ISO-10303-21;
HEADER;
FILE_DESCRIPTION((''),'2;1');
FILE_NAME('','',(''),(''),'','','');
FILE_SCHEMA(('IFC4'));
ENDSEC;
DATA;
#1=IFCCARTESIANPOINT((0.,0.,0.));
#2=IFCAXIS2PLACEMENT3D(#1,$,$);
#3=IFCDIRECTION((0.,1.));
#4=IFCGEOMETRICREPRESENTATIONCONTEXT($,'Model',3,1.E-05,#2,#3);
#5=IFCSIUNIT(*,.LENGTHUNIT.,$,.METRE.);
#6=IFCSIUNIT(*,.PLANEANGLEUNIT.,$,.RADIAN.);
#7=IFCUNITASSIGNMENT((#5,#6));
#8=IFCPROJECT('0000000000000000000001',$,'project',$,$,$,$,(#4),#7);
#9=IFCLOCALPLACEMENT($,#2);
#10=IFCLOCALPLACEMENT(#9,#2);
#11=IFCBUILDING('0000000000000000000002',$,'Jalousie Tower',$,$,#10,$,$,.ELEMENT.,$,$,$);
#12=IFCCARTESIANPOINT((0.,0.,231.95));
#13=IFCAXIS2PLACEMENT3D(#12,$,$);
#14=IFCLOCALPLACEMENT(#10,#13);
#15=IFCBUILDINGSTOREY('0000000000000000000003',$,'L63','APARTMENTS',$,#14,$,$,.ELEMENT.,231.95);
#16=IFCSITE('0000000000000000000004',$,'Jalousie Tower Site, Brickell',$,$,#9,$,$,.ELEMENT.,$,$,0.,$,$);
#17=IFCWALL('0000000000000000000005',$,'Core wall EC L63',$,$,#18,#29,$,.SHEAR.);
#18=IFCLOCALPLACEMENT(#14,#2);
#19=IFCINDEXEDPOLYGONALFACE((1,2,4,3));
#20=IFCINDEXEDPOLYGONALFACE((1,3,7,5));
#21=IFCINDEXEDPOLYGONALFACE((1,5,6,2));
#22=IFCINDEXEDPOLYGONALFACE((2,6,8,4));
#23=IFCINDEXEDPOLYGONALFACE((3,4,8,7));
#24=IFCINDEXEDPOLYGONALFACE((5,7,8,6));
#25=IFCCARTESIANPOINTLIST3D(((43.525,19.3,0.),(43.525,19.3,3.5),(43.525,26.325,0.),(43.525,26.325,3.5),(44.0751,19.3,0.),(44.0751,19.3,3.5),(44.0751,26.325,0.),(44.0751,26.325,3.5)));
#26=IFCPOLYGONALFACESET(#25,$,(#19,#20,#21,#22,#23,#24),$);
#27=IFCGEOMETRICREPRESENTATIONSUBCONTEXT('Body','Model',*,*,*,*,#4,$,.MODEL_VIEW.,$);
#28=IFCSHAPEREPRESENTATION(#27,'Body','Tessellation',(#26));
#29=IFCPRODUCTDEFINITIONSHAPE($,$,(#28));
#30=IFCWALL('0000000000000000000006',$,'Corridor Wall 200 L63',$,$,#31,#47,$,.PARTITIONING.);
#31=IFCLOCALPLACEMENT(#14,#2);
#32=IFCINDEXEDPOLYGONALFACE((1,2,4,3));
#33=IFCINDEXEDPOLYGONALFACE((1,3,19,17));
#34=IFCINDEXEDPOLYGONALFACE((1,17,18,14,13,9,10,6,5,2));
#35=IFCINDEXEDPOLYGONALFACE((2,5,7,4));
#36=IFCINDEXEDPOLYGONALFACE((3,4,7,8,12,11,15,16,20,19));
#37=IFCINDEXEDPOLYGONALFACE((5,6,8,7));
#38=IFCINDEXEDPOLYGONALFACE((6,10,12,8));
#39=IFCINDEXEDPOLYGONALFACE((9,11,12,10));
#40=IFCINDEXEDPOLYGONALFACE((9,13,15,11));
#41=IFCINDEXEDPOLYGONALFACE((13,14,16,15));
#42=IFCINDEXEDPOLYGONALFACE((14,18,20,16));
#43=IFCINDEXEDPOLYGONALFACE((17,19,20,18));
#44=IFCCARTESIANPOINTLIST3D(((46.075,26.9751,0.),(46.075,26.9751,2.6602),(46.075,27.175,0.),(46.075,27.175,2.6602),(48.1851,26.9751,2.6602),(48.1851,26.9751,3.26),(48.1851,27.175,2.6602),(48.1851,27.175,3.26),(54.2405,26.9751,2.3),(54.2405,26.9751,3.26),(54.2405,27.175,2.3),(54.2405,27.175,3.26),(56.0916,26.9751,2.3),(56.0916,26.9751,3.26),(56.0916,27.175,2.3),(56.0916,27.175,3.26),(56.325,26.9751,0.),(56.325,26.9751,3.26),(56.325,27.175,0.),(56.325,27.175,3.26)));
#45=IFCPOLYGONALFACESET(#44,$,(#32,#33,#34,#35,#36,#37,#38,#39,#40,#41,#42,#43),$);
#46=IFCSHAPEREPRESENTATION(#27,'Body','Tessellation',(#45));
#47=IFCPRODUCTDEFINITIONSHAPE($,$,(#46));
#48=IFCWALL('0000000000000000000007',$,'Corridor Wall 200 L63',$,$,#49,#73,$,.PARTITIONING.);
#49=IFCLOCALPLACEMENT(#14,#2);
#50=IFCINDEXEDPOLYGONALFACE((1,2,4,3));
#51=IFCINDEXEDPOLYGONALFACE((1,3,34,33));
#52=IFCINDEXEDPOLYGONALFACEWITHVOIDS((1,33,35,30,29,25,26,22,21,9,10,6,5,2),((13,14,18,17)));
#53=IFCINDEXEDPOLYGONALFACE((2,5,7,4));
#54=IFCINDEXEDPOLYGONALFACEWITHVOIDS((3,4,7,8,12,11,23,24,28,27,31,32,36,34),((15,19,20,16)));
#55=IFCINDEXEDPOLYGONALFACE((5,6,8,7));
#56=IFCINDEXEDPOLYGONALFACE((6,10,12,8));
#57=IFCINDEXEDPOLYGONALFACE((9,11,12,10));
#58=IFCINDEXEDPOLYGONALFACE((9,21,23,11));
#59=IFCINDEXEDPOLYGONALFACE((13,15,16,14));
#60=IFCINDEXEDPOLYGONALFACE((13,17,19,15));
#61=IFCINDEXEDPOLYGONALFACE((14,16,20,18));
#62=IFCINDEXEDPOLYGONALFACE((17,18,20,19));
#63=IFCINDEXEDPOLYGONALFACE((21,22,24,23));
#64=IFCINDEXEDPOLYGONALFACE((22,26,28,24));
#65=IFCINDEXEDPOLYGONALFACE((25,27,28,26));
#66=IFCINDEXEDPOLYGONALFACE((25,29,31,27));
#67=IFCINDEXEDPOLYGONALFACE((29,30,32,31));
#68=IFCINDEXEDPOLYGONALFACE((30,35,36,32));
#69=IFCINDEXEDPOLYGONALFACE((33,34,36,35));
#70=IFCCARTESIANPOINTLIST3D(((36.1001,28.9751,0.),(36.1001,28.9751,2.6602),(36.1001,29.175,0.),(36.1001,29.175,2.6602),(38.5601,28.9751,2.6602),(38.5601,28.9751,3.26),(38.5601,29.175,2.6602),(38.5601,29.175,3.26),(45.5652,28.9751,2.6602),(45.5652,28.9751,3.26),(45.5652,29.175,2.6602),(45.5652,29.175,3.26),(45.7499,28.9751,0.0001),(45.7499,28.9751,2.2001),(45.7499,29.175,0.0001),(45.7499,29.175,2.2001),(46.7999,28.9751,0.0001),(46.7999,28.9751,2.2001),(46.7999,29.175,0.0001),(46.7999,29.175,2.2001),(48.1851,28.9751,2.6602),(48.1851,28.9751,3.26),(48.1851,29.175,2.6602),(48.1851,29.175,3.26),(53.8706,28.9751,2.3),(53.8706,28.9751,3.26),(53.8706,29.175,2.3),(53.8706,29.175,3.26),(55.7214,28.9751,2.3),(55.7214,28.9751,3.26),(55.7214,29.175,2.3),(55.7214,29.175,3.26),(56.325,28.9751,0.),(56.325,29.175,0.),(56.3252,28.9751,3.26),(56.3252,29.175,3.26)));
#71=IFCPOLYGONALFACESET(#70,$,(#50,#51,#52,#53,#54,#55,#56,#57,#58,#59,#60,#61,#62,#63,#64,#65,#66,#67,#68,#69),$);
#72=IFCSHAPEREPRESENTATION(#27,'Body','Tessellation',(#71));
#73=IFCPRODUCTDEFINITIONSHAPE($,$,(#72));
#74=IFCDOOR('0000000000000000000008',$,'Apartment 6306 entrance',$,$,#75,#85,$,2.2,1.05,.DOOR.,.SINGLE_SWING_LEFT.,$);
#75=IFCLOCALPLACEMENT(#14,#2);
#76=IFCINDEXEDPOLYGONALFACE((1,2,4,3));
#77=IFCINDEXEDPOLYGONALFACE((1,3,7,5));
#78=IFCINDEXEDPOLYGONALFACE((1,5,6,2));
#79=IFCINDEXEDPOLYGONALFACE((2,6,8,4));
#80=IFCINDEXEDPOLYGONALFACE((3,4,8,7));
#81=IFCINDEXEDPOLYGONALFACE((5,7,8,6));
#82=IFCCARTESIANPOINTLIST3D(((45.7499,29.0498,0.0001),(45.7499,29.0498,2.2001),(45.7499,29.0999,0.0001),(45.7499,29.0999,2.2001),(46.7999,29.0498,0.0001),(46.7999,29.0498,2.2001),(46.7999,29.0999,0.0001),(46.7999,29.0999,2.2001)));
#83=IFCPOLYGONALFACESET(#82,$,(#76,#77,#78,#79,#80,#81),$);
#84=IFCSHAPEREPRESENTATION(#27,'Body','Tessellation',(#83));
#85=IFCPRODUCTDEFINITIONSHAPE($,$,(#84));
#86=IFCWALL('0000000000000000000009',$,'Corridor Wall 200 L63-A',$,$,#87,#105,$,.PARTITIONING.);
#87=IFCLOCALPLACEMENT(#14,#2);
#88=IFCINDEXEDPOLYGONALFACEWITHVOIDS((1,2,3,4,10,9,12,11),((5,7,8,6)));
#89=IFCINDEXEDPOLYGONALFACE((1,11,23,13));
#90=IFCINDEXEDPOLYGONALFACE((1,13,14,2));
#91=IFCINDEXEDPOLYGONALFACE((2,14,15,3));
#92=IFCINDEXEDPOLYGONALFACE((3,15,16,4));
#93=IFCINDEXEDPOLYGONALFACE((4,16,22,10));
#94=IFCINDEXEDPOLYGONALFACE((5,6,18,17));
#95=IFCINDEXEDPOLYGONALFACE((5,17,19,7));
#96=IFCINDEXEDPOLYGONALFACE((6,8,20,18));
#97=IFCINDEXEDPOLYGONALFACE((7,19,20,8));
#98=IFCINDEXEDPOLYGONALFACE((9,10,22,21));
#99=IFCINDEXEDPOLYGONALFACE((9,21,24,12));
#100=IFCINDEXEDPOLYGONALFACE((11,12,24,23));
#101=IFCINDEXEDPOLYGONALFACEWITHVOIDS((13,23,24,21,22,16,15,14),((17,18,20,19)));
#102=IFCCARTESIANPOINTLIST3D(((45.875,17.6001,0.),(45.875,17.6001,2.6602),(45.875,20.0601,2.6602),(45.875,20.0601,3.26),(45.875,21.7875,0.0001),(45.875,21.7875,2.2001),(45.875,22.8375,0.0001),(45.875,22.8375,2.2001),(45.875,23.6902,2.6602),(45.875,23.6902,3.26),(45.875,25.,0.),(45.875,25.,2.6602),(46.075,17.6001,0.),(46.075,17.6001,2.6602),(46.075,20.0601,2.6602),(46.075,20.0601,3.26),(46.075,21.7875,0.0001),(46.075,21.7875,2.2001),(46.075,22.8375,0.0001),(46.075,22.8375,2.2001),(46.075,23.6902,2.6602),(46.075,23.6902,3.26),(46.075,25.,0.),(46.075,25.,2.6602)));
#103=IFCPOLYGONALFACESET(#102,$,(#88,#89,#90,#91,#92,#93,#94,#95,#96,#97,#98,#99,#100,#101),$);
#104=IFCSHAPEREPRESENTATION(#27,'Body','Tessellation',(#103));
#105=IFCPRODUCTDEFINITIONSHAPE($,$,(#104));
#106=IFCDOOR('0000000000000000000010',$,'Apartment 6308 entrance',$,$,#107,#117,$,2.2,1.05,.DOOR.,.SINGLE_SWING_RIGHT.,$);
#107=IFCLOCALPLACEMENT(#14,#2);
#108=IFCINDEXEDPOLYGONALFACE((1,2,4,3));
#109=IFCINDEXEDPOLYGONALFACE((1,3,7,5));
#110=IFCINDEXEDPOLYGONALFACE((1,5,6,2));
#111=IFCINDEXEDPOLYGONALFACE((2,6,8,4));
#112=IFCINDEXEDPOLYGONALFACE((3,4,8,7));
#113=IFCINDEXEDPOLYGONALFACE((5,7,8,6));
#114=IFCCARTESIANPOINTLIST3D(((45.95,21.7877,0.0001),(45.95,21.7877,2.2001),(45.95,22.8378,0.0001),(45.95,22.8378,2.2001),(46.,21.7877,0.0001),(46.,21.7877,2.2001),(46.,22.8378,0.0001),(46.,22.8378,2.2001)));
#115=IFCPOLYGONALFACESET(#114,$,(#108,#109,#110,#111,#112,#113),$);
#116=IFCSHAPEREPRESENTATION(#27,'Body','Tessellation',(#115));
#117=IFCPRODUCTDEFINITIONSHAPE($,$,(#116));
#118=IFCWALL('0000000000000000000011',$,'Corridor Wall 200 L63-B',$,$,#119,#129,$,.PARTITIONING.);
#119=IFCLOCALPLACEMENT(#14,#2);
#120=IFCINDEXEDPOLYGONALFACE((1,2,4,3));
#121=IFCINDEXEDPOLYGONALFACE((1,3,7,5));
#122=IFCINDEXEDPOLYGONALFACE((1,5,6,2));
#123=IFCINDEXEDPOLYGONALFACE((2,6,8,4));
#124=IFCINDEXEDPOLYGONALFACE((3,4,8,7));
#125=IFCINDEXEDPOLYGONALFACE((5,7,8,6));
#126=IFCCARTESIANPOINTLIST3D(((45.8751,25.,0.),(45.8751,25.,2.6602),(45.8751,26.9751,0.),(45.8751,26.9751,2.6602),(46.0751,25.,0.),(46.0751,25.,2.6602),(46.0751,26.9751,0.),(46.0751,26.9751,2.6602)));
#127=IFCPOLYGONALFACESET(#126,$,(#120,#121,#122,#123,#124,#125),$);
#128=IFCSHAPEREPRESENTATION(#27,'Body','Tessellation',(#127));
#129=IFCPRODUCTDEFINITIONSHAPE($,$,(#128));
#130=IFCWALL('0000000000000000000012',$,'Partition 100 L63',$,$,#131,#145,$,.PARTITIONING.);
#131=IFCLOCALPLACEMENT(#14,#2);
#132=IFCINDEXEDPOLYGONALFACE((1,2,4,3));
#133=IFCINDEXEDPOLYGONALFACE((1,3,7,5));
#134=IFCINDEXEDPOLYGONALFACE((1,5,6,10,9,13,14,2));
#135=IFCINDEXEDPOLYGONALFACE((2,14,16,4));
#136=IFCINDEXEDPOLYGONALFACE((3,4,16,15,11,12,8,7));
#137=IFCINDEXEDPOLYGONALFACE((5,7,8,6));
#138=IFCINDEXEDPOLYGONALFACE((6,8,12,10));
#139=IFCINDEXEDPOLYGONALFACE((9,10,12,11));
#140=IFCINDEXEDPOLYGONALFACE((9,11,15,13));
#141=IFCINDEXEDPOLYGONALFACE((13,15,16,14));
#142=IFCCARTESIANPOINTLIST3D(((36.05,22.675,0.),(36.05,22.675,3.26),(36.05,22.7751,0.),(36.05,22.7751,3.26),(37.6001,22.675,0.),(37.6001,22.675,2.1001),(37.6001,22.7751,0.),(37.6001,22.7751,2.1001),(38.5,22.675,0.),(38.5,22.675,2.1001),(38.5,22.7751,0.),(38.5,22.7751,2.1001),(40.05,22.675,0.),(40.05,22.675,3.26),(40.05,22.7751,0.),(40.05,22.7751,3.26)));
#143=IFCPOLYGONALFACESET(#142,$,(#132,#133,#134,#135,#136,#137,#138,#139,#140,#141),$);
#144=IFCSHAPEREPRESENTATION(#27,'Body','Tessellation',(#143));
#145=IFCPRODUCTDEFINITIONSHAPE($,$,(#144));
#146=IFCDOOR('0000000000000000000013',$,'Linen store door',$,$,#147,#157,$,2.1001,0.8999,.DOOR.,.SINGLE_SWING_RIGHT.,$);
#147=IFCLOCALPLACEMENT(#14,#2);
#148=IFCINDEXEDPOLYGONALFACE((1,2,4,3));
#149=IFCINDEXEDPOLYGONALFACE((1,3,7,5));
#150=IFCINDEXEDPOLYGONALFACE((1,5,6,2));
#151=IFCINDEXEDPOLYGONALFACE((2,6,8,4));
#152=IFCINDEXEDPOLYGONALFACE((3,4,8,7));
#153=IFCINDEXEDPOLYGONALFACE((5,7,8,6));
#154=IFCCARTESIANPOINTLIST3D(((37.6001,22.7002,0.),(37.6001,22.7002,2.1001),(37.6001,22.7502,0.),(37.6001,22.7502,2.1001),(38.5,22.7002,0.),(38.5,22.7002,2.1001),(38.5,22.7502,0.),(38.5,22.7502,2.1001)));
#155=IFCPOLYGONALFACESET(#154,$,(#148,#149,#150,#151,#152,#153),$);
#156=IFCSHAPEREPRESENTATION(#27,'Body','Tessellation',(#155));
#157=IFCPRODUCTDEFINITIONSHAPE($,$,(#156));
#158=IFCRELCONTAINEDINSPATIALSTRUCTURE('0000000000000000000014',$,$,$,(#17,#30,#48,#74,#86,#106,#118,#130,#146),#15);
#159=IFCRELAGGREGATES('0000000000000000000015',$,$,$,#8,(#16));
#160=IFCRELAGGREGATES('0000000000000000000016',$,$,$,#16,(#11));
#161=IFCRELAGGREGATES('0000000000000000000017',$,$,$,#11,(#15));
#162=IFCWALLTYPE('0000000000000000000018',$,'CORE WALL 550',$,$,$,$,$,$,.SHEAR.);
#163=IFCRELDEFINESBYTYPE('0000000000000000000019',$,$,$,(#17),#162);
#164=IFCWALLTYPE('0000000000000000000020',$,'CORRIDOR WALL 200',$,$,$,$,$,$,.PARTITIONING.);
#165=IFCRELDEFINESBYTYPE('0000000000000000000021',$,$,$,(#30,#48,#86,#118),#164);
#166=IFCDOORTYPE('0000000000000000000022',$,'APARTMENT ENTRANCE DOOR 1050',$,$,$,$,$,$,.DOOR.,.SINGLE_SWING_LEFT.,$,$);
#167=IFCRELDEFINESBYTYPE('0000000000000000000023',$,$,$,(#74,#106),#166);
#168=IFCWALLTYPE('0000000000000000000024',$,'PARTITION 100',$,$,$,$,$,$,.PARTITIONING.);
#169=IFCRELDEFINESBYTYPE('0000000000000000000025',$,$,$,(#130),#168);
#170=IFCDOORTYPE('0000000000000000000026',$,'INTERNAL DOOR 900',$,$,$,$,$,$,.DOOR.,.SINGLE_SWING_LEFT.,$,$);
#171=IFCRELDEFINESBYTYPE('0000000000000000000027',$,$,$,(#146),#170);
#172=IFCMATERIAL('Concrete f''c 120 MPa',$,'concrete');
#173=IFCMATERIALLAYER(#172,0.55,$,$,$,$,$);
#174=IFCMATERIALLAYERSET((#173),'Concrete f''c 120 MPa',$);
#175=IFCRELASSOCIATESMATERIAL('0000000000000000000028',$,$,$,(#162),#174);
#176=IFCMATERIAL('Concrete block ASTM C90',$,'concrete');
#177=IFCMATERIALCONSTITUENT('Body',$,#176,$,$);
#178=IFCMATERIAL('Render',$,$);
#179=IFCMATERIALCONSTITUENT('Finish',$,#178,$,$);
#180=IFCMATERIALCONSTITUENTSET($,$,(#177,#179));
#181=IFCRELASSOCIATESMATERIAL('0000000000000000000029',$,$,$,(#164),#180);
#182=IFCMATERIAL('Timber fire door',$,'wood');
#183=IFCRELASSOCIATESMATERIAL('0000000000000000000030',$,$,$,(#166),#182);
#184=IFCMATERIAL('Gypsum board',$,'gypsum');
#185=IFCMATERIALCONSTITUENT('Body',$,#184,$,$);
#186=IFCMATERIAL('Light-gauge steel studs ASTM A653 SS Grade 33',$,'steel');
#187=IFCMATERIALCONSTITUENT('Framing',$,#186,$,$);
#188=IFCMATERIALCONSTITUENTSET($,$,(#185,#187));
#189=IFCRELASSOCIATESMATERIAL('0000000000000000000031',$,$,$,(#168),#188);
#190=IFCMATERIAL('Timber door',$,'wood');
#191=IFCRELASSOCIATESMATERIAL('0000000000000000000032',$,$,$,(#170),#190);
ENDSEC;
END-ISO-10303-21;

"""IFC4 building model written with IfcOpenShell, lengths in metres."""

from ifc_helpers import new_model, si_unit, direction, frame, frame_2d, origin, place, context, subcontext, project, spatial, polyline, rectangle, outline, extrude, material, layer, layer_set, constituent, constituent_set, type_object, element, fill, save


model = new_model("IFC4")

# Units and contexts
model_context = context("Model", 3, precision=1e-05, world=origin(), true_north=direction((0.0, 1.0)))
body_context = subcontext(model_context, "Body", "Model", "MODEL_VIEW")
ifc_project = project(units=[si_unit("LENGTHUNIT", "METRE"), si_unit("PLANEANGLEUNIT", "RADIAN")], contexts=[model_context])

# Site, building, storey
site_placement = place(None, origin())
site = spatial("IfcSite", under=ifc_project, at=site_placement, Name="Jalousie Tower Site, Brickell", CompositionType="ELEMENT", RefElevation=0.0)
building_placement = place(site_placement, origin())
building = spatial("IfcBuilding", under=site, at=building_placement, Name="Jalousie Tower", CompositionType="ELEMENT")
storey_placement = place(building_placement, frame((0.0, 0.0, 231.95)))
storey = spatial("IfcBuildingStorey", under=building, at=storey_placement, Name="L63", Description="APARTMENTS", CompositionType="ELEMENT", Elevation=231.95)

# Walls
ifc_material_1 = material(Name="Concrete f'c 120 MPa", Category="concrete")
ifc_layer_1 = layer(ifc_material_1, 0.55)
ifc_layer_set_1 = layer_set([ifc_layer_1], Name="Concrete f'c 120 MPa")
wall_type_1 = type_object("IfcWallType", Name="CORE WALL 550", PredefinedType="SHEAR", material=ifc_layer_set_1)
wall_1_placement = place(storey_placement, frame((43.8, 19.3, 0.0), z_axis=(0.0, 0.0, 1.0), x_axis=(0.0, 1.0, 0.0)))
element("IfcWall", 1, at=wall_1_placement, inside=storey, type_object=wall_type_1, Name="Core wall EC L63", PredefinedType="SHEAR", context=body_context, shape_type="SweptSolid", body=[
    extrude(rectangle(XDim=7.0249, YDim=0.55, at=frame_2d((3.5125, 0.0))), origin(), (0.0, 0.0, 1.0), 3.5),
])
ifc_material_2 = material(Name="Concrete block ASTM C90", Category="concrete")
ifc_constituent_1 = constituent(ifc_material_2, Name="Body")
ifc_material_3 = material(Name="Render")
ifc_constituent_2 = constituent(ifc_material_3, Name="Finish")
ifc_constituent_set_1 = constituent_set(constituents=[ifc_constituent_1, ifc_constituent_2])
wall_type_2 = type_object("IfcWallType", Name="CORRIDOR WALL 200", PredefinedType="PARTITIONING", material=ifc_constituent_set_1)
wall_2_placement = place(storey_placement, frame((46.075, 27.075, 0.0), z_axis=(0.0, 0.0, 1.0), x_axis=(1.0, 0.0, 0.0)))
element("IfcWall", 2, at=wall_2_placement, inside=storey, type_object=wall_type_2, Name="Corridor Wall 200 L63", PredefinedType="PARTITIONING", context=body_context, shape_type="SweptSolid", body=[
    extrude(outline(polyline([(0.0, 0.0), (10.25, 0.0), (10.25, 3.26), (10.0166, 3.26), (10.0166, 2.3), (8.1655, 2.3), (8.1655, 3.26), (2.1101, 3.26), (2.1101, 2.6602), (0.0, 2.6602), (0.0, 3.26), (0.0, 0.0)])), frame((0.0, 0.1001, 0.0), z_axis=(0.0, -1.0, 0.0), x_axis=(1.0, 0.0, 0.0)), (0.0, 0.0, 1.0), 0.2),
])

# Walls, openings, doors
wall_3_placement = place(storey_placement, frame((36.1001, 29.075, 0.0), z_axis=(0.0, 0.0, 1.0), x_axis=(1.0, 0.0, 0.0)))
wall_3 = element("IfcWall", 3, at=wall_3_placement, inside=storey, type_object=wall_type_2, Name="Corridor Wall 200 L63", PredefinedType="PARTITIONING", context=body_context, shape_type="SweptSolid", body=[
    extrude(outline(polyline([(0.0, 0.0), (20.2249, 0.0), (20.2251, 3.26), (19.6213, 3.26), (19.6213, 2.3), (17.7705, 2.3), (17.7705, 3.26), (12.085, 3.26), (12.085, 2.6602), (9.4651, 2.6602), (9.4651, 3.26), (2.46, 3.26), (2.46, 2.6602), (0.0, 2.6602), (0.0, 3.26), (0.0, 0.0)])), frame((0.0, 0.1001, 0.0), z_axis=(0.0, -1.0, 0.0), x_axis=(1.0, 0.0, 0.0)), (0.0, 0.0, 1.0), 0.2),
])
opening_1_placement = place(wall_3_placement, frame((9.6499, 0.0, 0.0)))
opening_1 = element("IfcOpeningElement", 4, at=opening_1_placement, cuts=wall_3, PredefinedType="OPENING", context=body_context, shape_type="SweptSolid", body=[
    extrude(rectangle(XDim=1.05, YDim=2.2, at=frame_2d((0.5249, 1.1001))), frame((0.0, 0.1099, 0.0), z_axis=(0.0, -1.0, 0.0), x_axis=(1.0, 0.0, 0.0)), (0.0, 0.0, 1.0), 0.22),
])
ifc_material_4 = material(Name="Timber fire door", Category="wood")
door_type_1 = type_object("IfcDoorType", Name="APARTMENT ENTRANCE DOOR 1050", OperationType="SINGLE_SWING_LEFT", PredefinedType="DOOR", material=ifc_material_4)
door_1_placement = place(opening_1_placement, origin())
door_1 = element("IfcDoor", 5, at=door_1_placement, inside=storey, type_object=door_type_1, Name="Apartment 6306 entrance", OperationType="SINGLE_SWING_LEFT", OverallHeight=2.2, OverallWidth=1.05, PredefinedType="DOOR", context=body_context, shape_type="SweptSolid", body=[
    extrude(rectangle(XDim=1.05, YDim=2.2, at=frame_2d((0.5249, 1.1001))), frame((0.0, 0.0249, 0.0), z_axis=(0.0, -1.0, 0.0), x_axis=(1.0, 0.0, 0.0)), (0.0, 0.0, 1.0), 0.05),
])
fill(opening_1, door_1)
wall_4_placement = place(storey_placement, frame((45.9751, 17.6001, 0.0), z_axis=(0.0, 0.0, 1.0), x_axis=(0.0, 1.0, 0.0)))
wall_4 = element("IfcWall", 6, at=wall_4_placement, inside=storey, type_object=wall_type_2, Name="Corridor Wall 200 L63-A", PredefinedType="PARTITIONING", context=body_context, shape_type="SweptSolid", body=[
    extrude(outline(polyline([(0.0, 0.0), (7.3999, 0.0), (7.3999, 2.6602), (6.0901, 2.6602), (6.0901, 3.26), (2.46, 3.26), (2.46, 2.6602), (0.0, 2.6602), (0.0, 0.0)])), frame((0.0, 0.1001, 0.0), z_axis=(0.0, -1.0, 0.0), x_axis=(1.0, 0.0, 0.0)), (0.0, 0.0, 1.0), 0.2),
])
opening_2_placement = place(wall_4_placement, frame((4.1875, 0.0, 0.0)))
opening_2 = element("IfcOpeningElement", 7, at=opening_2_placement, cuts=wall_4, PredefinedType="OPENING", context=body_context, shape_type="SweptSolid", body=[
    extrude(rectangle(XDim=1.05, YDim=2.2, at=frame_2d((0.5249, 1.1001))), frame((0.0, 0.1099, 0.0), z_axis=(0.0, -1.0, 0.0), x_axis=(1.0, 0.0, 0.0)), (0.0, 0.0, 1.0), 0.22),
])
door_2_placement = place(opening_2_placement, frame((1.05, 0.0, 0.0), z_axis=(0.0, 0.0, 1.0), x_axis=(-1.0, 0.0, 0.0)))
door_2 = element("IfcDoor", 8, at=door_2_placement, inside=storey, type_object=door_type_1, Name="Apartment 6308 entrance", OperationType="SINGLE_SWING_RIGHT", OverallHeight=2.2, OverallWidth=1.05, PredefinedType="DOOR", context=body_context, shape_type="SweptSolid", body=[
    extrude(rectangle(XDim=1.05, YDim=2.2, at=frame_2d((0.5249, 1.1001))), frame((0.0, 0.0249, 0.0), z_axis=(0.0, -1.0, 0.0), x_axis=(1.0, 0.0, 0.0)), (0.0, 0.0, 1.0), 0.05),
])
fill(opening_2, door_2)

# Wall
wall_5_placement = place(storey_placement, frame((45.9751, 25.0, 0.0), z_axis=(0.0, 0.0, 1.0), x_axis=(0.0, 1.0, 0.0)))
element("IfcWall", 9, at=wall_5_placement, inside=storey, type_object=wall_type_2, Name="Corridor Wall 200 L63-B", PredefinedType="PARTITIONING", context=body_context, shape_type="SweptSolid", body=[
    extrude(rectangle(XDim=1.9751, YDim=0.2, at=frame_2d((0.9875, 0.0))), origin(), (0.0, 0.0, 1.0), 2.6602),
])

# Wall, opening, door
ifc_material_5 = material(Name="Gypsum board", Category="gypsum")
ifc_constituent_3 = constituent(ifc_material_5, Name="Body")
ifc_material_6 = material(Name="Light-gauge steel studs ASTM A653 SS Grade 33", Category="steel")
ifc_constituent_4 = constituent(ifc_material_6, Name="Framing")
ifc_constituent_set_2 = constituent_set(constituents=[ifc_constituent_3, ifc_constituent_4])
wall_type_3 = type_object("IfcWallType", Name="PARTITION 100", PredefinedType="PARTITIONING", material=ifc_constituent_set_2)
wall_6_placement = place(storey_placement, frame((36.05, 22.7251, 0.0), z_axis=(0.0, 0.0, 1.0), x_axis=(1.0, 0.0, 0.0)))
wall_6 = element("IfcWall", 10, at=wall_6_placement, inside=storey, type_object=wall_type_3, Name="Partition 100 L63", PredefinedType="PARTITIONING", context=body_context, shape_type="SweptSolid", body=[
    extrude(rectangle(XDim=4.0, YDim=0.1001, at=frame_2d((2.0, 0.0))), origin(), (0.0, 0.0, 1.0), 3.26),
])
opening_3_placement = place(wall_6_placement, frame((1.55, 0.0, 0.0)))
opening_3 = element("IfcOpeningElement", 11, at=opening_3_placement, cuts=wall_6, PredefinedType="OPENING", context=body_context, shape_type="SweptSolid", body=[
    extrude(rectangle(XDim=0.8999, YDim=2.1001, at=frame_2d((0.45, 1.05))), frame((0.0, 0.0601, 0.0), z_axis=(0.0, -1.0, 0.0), x_axis=(1.0, 0.0, 0.0)), (0.0, 0.0, 1.0), 0.1201),
])
ifc_material_7 = material(Name="Timber door", Category="wood")
door_type_2 = type_object("IfcDoorType", Name="INTERNAL DOOR 900", OperationType="SINGLE_SWING_LEFT", PredefinedType="DOOR", material=ifc_material_7)
door_3_placement = place(opening_3_placement, frame((0.8999, 0.0, 0.0), z_axis=(0.0, 0.0, 1.0), x_axis=(-1.0, 0.0, 0.0)))
door_3 = element("IfcDoor", 12, at=door_3_placement, inside=storey, type_object=door_type_2, Name="Linen store door", OperationType="SINGLE_SWING_RIGHT", OverallHeight=2.1001, OverallWidth=0.8999, PredefinedType="DOOR", context=body_context, shape_type="SweptSolid", body=[
    extrude(rectangle(XDim=0.8999, YDim=2.1001, at=frame_2d((0.45, 1.05))), frame((0.0, 0.0249, 0.0), z_axis=(0.0, -1.0, 0.0), x_axis=(1.0, 0.0, 0.0)), (0.0, 0.0, 1.0), 0.05),
])
fill(opening_3, door_3)

save(model, "model.ifc")
